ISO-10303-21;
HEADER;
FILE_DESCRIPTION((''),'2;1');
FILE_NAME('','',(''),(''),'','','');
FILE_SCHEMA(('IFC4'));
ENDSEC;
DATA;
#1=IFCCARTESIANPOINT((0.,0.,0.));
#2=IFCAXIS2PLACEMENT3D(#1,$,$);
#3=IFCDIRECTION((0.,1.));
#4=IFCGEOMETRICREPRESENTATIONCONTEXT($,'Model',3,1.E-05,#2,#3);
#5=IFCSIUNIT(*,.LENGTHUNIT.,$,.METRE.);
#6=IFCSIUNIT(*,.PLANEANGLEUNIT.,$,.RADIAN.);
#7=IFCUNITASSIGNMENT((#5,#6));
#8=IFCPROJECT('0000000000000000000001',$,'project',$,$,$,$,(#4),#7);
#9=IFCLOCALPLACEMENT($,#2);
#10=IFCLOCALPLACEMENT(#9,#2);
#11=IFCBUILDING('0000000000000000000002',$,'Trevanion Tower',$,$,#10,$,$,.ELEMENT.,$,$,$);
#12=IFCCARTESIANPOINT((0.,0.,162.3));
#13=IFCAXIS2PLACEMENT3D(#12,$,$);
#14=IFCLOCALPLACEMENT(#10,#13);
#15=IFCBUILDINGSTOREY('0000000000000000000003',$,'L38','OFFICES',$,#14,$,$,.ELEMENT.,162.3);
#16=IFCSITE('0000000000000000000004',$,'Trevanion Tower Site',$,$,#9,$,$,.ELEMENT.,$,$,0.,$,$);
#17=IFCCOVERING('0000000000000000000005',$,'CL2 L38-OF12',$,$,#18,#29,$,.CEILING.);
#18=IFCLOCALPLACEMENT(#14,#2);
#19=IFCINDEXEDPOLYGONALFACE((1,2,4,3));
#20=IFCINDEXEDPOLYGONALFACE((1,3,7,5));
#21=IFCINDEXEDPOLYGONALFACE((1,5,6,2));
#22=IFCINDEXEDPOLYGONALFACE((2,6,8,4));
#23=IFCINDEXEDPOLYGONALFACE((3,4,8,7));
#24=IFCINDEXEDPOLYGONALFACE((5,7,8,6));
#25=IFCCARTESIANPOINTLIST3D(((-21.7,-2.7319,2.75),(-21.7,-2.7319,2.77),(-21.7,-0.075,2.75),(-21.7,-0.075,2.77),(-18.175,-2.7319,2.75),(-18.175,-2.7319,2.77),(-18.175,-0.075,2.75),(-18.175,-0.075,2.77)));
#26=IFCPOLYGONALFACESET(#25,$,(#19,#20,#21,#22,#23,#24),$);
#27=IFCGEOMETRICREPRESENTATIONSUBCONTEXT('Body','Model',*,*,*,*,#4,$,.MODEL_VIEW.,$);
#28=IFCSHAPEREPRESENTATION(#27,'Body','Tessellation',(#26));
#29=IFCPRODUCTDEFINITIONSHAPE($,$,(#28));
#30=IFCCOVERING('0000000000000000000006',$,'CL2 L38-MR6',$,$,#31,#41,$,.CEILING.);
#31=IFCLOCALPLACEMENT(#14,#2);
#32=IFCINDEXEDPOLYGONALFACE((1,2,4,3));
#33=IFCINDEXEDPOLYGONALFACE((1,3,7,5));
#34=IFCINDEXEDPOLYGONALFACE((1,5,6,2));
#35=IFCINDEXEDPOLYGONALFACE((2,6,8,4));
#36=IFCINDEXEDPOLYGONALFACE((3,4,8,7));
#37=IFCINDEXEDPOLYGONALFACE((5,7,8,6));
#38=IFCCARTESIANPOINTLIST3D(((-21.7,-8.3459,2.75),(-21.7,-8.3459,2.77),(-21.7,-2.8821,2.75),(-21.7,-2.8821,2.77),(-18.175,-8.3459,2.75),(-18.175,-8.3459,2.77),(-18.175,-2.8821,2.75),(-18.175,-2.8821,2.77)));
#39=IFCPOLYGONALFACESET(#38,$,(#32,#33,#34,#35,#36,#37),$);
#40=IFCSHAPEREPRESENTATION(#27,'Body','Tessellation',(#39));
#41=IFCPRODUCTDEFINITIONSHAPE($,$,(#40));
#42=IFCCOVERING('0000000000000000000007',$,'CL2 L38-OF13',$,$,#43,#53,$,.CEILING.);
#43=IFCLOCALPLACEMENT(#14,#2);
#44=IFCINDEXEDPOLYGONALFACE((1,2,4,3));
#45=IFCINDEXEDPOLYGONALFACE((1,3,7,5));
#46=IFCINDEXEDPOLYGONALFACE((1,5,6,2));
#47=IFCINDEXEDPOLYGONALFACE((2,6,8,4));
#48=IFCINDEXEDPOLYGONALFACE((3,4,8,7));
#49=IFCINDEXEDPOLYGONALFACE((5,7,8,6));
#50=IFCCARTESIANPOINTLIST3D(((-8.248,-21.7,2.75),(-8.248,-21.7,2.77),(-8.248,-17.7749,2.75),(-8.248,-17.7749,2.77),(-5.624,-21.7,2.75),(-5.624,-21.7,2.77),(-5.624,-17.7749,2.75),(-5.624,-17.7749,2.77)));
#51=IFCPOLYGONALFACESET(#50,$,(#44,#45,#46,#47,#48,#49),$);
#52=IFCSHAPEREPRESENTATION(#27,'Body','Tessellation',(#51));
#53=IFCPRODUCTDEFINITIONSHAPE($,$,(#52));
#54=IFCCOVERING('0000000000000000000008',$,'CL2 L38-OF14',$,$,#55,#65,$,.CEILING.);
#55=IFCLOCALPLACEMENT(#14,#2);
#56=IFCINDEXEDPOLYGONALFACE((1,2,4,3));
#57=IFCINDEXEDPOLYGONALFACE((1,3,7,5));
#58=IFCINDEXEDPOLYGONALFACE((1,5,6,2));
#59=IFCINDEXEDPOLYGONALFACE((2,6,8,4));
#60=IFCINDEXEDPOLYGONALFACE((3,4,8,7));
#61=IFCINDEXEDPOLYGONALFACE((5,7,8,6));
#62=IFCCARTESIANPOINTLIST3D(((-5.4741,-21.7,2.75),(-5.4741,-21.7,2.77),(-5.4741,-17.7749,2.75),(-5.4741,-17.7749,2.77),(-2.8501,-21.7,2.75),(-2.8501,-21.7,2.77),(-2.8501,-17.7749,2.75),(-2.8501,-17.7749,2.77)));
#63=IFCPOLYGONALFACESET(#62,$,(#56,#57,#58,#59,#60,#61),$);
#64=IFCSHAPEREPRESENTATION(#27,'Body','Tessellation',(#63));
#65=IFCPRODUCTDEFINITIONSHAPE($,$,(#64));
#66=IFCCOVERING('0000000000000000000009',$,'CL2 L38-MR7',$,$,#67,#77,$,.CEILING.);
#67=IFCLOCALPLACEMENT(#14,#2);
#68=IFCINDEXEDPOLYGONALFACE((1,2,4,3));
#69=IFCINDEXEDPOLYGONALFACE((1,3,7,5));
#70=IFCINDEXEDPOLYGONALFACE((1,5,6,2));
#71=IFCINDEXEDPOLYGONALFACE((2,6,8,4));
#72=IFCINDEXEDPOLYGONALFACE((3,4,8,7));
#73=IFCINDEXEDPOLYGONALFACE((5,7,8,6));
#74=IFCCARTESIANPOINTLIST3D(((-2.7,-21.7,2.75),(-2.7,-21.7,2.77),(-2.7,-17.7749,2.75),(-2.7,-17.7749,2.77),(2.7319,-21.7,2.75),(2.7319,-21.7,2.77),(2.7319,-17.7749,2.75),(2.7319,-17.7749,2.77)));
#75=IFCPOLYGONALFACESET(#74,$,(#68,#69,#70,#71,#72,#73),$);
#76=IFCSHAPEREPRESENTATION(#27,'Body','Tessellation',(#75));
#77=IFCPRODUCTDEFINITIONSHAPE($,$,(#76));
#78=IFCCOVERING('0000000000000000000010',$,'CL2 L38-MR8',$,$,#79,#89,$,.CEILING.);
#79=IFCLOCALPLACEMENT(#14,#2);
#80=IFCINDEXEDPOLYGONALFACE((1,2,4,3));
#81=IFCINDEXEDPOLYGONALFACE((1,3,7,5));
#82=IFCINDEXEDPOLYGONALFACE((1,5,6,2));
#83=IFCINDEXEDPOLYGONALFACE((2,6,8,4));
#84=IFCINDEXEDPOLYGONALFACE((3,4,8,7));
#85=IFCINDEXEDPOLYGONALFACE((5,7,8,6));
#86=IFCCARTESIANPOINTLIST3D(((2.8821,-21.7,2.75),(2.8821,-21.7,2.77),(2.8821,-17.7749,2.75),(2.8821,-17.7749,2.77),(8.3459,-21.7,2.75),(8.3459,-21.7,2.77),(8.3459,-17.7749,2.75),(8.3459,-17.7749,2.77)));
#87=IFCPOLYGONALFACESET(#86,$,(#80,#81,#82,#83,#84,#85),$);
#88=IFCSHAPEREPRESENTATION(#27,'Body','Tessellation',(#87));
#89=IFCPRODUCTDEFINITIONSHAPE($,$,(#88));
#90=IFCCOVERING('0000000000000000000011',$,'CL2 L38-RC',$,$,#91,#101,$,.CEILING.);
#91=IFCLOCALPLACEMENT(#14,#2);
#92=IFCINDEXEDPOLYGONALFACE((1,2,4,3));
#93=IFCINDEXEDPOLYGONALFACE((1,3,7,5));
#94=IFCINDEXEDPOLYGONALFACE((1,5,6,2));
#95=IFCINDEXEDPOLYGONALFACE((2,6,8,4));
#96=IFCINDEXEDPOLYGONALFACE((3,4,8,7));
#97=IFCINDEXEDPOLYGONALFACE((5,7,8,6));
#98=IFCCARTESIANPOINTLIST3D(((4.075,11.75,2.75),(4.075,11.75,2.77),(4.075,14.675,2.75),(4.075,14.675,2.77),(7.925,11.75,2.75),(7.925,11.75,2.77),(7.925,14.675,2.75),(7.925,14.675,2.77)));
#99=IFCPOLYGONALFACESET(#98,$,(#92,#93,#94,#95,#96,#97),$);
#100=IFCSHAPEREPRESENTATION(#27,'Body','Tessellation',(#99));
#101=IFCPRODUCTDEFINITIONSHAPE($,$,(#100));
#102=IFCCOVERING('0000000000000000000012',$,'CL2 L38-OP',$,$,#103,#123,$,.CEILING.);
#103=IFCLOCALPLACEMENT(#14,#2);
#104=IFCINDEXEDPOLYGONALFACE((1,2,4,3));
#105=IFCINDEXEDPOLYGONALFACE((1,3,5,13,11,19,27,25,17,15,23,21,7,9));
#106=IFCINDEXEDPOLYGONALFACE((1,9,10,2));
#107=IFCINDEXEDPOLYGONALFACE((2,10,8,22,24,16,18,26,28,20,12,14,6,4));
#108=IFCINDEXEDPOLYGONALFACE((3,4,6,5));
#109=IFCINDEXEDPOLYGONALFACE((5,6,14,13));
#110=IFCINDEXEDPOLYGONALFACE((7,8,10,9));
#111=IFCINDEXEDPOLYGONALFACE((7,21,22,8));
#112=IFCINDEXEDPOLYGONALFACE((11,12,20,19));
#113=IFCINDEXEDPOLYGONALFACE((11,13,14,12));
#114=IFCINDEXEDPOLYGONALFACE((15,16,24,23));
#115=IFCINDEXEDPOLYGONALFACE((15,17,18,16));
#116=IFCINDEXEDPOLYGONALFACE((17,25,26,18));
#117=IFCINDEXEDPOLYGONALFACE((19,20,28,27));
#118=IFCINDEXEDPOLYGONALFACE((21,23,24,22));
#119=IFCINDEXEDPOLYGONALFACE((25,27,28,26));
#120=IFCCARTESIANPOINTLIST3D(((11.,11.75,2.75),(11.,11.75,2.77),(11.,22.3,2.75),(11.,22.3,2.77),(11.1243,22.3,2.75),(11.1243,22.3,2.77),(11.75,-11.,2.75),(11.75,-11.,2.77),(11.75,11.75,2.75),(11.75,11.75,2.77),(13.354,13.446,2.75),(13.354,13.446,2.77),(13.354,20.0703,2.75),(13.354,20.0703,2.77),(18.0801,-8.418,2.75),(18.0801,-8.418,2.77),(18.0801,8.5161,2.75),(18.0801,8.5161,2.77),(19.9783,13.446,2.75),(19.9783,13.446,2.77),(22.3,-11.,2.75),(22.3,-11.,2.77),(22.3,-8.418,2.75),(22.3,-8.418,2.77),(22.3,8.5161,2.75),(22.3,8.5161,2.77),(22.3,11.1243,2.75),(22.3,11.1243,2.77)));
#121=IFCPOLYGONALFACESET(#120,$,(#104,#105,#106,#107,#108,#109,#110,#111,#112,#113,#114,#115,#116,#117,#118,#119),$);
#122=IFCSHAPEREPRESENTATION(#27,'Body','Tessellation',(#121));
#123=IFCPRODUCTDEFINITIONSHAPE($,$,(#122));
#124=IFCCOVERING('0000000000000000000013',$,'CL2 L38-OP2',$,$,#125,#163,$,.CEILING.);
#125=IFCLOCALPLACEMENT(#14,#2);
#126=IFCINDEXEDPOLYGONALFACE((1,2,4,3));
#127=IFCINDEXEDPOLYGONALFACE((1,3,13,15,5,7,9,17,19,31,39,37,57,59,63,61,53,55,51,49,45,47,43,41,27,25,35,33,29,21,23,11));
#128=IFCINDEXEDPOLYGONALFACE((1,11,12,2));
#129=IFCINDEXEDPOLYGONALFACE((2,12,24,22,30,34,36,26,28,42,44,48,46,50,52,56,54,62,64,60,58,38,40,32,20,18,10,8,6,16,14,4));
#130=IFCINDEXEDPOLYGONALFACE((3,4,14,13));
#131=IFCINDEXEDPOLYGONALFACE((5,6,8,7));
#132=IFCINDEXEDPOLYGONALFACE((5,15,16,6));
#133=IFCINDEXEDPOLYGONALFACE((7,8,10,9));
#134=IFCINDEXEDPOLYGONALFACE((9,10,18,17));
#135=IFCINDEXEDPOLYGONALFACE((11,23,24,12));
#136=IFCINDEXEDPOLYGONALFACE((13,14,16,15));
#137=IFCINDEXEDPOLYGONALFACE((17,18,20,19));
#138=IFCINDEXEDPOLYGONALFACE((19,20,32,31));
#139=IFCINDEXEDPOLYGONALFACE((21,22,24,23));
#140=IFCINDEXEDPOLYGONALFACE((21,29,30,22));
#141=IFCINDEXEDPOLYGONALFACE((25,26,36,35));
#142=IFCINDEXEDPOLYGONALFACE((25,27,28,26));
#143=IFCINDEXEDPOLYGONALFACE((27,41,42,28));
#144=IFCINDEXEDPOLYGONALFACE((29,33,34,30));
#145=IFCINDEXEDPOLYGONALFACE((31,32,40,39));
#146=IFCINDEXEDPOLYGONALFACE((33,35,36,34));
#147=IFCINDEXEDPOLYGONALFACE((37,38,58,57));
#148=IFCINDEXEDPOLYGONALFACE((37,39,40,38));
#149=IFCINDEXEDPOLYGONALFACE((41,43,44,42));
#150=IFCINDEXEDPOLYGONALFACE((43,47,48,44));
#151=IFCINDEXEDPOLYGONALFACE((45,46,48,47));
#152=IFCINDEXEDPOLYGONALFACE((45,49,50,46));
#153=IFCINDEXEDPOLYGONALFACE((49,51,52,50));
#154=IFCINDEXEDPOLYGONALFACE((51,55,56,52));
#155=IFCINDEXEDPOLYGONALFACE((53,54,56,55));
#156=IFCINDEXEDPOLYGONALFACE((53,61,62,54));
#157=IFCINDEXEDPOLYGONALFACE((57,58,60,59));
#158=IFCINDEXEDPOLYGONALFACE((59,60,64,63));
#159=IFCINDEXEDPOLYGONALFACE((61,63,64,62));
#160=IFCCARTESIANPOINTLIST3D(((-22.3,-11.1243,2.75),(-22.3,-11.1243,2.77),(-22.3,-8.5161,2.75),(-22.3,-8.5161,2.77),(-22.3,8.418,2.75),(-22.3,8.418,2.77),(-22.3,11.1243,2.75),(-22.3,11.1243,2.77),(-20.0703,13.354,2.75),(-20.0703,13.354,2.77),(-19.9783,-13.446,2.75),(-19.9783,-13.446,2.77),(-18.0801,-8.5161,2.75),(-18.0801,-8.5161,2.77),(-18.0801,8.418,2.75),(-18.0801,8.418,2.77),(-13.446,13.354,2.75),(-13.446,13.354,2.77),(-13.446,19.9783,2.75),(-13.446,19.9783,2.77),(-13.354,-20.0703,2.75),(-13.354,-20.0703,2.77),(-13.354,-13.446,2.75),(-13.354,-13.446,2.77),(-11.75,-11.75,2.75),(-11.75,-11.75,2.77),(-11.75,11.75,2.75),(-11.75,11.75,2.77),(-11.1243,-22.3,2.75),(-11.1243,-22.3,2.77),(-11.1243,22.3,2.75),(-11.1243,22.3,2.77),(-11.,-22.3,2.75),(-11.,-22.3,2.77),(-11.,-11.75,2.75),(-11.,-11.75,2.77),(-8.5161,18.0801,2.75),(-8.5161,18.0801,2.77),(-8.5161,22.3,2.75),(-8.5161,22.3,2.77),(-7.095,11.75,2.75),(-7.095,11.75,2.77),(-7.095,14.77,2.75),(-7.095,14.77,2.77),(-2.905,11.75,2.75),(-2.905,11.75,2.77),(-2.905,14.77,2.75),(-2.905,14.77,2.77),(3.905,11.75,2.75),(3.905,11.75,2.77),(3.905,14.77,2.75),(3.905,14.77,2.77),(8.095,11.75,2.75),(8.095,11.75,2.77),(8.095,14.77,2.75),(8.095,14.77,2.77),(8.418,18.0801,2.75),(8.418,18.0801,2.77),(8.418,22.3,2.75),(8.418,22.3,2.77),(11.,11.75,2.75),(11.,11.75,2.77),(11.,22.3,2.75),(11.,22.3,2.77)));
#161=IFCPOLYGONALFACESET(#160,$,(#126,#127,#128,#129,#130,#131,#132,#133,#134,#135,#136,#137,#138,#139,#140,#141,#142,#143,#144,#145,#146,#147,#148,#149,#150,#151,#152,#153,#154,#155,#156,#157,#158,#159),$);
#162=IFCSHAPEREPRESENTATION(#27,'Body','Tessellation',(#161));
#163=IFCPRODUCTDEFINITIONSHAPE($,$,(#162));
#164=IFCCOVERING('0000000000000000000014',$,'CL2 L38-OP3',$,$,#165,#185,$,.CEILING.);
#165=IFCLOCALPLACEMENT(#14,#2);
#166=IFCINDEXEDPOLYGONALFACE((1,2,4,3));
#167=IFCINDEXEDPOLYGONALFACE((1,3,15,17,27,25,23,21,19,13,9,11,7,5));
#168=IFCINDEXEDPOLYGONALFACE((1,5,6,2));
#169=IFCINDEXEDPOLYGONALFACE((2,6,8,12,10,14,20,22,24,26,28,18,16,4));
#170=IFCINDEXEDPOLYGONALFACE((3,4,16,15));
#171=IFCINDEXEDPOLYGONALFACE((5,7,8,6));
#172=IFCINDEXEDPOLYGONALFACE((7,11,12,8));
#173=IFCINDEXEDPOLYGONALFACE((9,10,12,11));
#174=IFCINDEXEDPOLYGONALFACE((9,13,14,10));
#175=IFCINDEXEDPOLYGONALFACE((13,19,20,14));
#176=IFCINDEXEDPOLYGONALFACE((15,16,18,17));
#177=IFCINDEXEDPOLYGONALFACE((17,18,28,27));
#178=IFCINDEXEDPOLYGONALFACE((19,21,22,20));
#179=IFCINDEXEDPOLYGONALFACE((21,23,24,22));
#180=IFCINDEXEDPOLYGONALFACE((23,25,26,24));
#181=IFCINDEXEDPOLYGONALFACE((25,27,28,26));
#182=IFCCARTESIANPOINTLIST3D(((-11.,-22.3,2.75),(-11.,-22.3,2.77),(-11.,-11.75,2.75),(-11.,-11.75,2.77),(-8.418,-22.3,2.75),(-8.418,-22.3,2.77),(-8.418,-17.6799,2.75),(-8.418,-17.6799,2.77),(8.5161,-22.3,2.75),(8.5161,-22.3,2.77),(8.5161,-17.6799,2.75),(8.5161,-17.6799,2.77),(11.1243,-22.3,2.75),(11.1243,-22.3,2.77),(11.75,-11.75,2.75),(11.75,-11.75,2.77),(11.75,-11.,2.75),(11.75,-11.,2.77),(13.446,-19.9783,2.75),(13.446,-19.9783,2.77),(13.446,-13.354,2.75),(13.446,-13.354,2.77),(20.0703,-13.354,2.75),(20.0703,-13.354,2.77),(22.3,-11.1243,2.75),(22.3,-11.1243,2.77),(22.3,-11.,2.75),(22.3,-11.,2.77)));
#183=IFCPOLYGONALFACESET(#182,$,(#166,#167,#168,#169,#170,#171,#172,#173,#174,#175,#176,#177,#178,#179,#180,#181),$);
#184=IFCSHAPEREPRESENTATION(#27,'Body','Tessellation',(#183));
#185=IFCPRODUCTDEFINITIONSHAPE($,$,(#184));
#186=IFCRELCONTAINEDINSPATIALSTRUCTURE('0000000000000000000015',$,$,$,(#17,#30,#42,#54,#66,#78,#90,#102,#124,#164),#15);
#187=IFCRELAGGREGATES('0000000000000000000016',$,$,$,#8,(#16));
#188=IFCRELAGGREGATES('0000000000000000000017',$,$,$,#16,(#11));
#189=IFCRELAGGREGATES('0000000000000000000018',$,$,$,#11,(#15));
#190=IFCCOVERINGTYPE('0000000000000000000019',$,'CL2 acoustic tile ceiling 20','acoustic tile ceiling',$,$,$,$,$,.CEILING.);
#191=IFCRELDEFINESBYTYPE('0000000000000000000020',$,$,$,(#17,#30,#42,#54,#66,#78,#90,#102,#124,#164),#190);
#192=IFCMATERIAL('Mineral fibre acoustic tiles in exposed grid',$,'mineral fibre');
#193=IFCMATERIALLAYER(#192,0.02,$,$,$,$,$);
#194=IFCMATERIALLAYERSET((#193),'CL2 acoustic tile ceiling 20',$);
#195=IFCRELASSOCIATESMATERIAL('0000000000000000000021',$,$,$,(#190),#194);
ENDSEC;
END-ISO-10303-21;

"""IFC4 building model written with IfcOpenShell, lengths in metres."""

from ifc_helpers import new_model, si_unit, direction, frame, origin, place, context, subcontext, project, spatial, polyline, outline, extrude, material, layer, layer_set, type_object, element, save


model = new_model("IFC4")

# Units and contexts
model_context = context("Model", 3, precision=1e-05, world=origin(), true_north=direction((0.0, 1.0)))
body_context = subcontext(model_context, "Body", "Model", "MODEL_VIEW")
ifc_project = project(units=[si_unit("LENGTHUNIT", "METRE"), si_unit("PLANEANGLEUNIT", "RADIAN")], contexts=[model_context])

# Site, building, storey
site_placement = place(None, origin())
site = spatial("IfcSite", under=ifc_project, at=site_placement, Name="Trevanion Tower Site", CompositionType="ELEMENT", RefElevation=0.0)
building_placement = place(site_placement, origin())
building = spatial("IfcBuilding", under=site, at=building_placement, Name="Trevanion Tower", CompositionType="ELEMENT")
storey_placement = place(building_placement, frame((0.0, 0.0, 162.3)))
storey = spatial("IfcBuildingStorey", under=building, at=storey_placement, Name="L38", Description="OFFICES", CompositionType="ELEMENT", Elevation=162.3)

# Coverings
ifc_material_1 = material(Name="Mineral fibre acoustic tiles in exposed grid", Category="mineral fibre")
ifc_layer_1 = layer(ifc_material_1, 0.02)
ifc_layer_set_1 = layer_set([ifc_layer_1], Name="CL2 acoustic tile ceiling 20")
covering_type_1 = type_object("IfcCoveringType", Name="CL2 acoustic tile ceiling 20", Description="acoustic tile ceiling", PredefinedType="CEILING", material=ifc_layer_set_1)
covering_1_placement = place(storey_placement, frame((0.0, 0.0, 2.75)))
element("IfcCovering", 1, at=covering_1_placement, inside=storey, type_object=covering_type_1, Name="CL2 L38-OF12", PredefinedType="CEILING", context=body_context, shape_type="SweptSolid", body=[
    extrude(outline(polyline([(-18.175, -0.075), (-18.175, -2.7319), (-21.7, -2.7319), (-21.7, -0.075), (-18.175, -0.075)])), origin(), (0.0, 0.0, 1.0), 0.02),
])
covering_2_placement = place(storey_placement, frame((0.0, 0.0, 2.75)))
element("IfcCovering", 2, at=covering_2_placement, inside=storey, type_object=covering_type_1, Name="CL2 L38-MR6", PredefinedType="CEILING", context=body_context, shape_type="SweptSolid", body=[
    extrude(outline(polyline([(-18.175, -2.8821), (-18.175, -8.3459), (-21.7, -8.3459), (-21.7, -2.8821), (-18.175, -2.8821)])), origin(), (0.0, 0.0, 1.0), 0.02),
])
covering_3_placement = place(storey_placement, frame((0.0, 0.0, 2.75)))
element("IfcCovering", 3, at=covering_3_placement, inside=storey, type_object=covering_type_1, Name="CL2 L38-OF13", PredefinedType="CEILING", context=body_context, shape_type="SweptSolid", body=[
    extrude(outline(polyline([(-8.248, -17.7749), (-5.624, -17.7749), (-5.624, -21.7), (-8.248, -21.7), (-8.248, -17.7749)])), origin(), (0.0, 0.0, 1.0), 0.02),
])
covering_4_placement = place(storey_placement, frame((0.0, 0.0, 2.75)))
element("IfcCovering", 4, at=covering_4_placement, inside=storey, type_object=covering_type_1, Name="CL2 L38-OF14", PredefinedType="CEILING", context=body_context, shape_type="SweptSolid", body=[
    extrude(outline(polyline([(-5.4741, -17.7749), (-2.8501, -17.7749), (-2.8501, -21.7), (-5.4741, -21.7), (-5.4741, -17.7749)])), origin(), (0.0, 0.0, 1.0), 0.02),
])
covering_5_placement = place(storey_placement, frame((0.0, 0.0, 2.75)))
element("IfcCovering", 5, at=covering_5_placement, inside=storey, type_object=covering_type_1, Name="CL2 L38-MR7", PredefinedType="CEILING", context=body_context, shape_type="SweptSolid", body=[
    extrude(outline(polyline([(-2.7, -17.7749), (2.7319, -17.7749), (2.7319, -21.7), (-2.7, -21.7), (-2.7, -17.7749)])), origin(), (0.0, 0.0, 1.0), 0.02),
])
covering_6_placement = place(storey_placement, frame((0.0, 0.0, 2.75)))
element("IfcCovering", 6, at=covering_6_placement, inside=storey, type_object=covering_type_1, Name="CL2 L38-MR8", PredefinedType="CEILING", context=body_context, shape_type="SweptSolid", body=[
    extrude(outline(polyline([(2.8821, -17.7749), (8.3459, -17.7749), (8.3459, -21.7), (2.8821, -21.7), (2.8821, -17.7749)])), origin(), (0.0, 0.0, 1.0), 0.02),
])
covering_7_placement = place(storey_placement, frame((0.0, 0.0, 2.75)))
element("IfcCovering", 7, at=covering_7_placement, inside=storey, type_object=covering_type_1, Name="CL2 L38-RC", PredefinedType="CEILING", context=body_context, shape_type="SweptSolid", body=[
    extrude(outline(polyline([(4.075, 14.675), (7.925, 14.675), (7.925, 11.75), (4.075, 11.75), (4.075, 14.675)])), origin(), (0.0, 0.0, 1.0), 0.02),
])
covering_8_placement = place(storey_placement, frame((0.0, 0.0, 2.75)))
element("IfcCovering", 8, at=covering_8_placement, inside=storey, type_object=covering_type_1, Name="CL2 L38-OP", PredefinedType="CEILING", context=body_context, shape_type="SweptSolid", body=[
    extrude(outline(polyline([(11.75, 11.75), (11.0, 11.75), (11.0, 22.3), (11.1243, 22.3), (13.354, 20.0703), (13.354, 13.446), (19.9783, 13.446), (22.3, 11.1243), (22.3, 8.5161), (18.0801, 8.5161), (18.0801, -8.418), (22.3, -8.418), (22.3, -11.0), (11.75, -11.0), (11.75, 11.75)])), origin(), (0.0, 0.0, 1.0), 0.02),
])
covering_9_placement = place(storey_placement, frame((0.0, 0.0, 2.75)))
element("IfcCovering", 9, at=covering_9_placement, inside=storey, type_object=covering_type_1, Name="CL2 L38-OP2", PredefinedType="CEILING", context=body_context, shape_type="SweptSolid", body=[
    extrude(outline(polyline([(-11.0, -11.75), (-11.0, -22.3), (-11.1243, -22.3), (-13.354, -20.0703), (-13.354, -13.446), (-19.9783, -13.446), (-22.3, -11.1243), (-22.3, -8.5161), (-18.0801, -8.5161), (-18.0801, 8.418), (-22.3, 8.418), (-22.3, 11.1243), (-20.0703, 13.354), (-13.446, 13.354), (-13.446, 19.9783), (-11.1243, 22.3), (-8.5161, 22.3), (-8.5161, 18.0801), (8.418, 18.0801), (8.418, 22.3), (11.0, 22.3), (11.0, 11.75), (8.095, 11.75), (8.095, 14.77), (3.905, 14.77), (3.905, 11.75), (-2.905, 11.75), (-2.905, 14.77), (-7.095, 14.77), (-7.095, 11.75), (-11.75, 11.75), (-11.75, -11.75), (-11.0, -11.75)])), origin(), (0.0, 0.0, 1.0), 0.02),
])
covering_10_placement = place(storey_placement, frame((0.0, 0.0, 2.75)))
element("IfcCovering", 10, at=covering_10_placement, inside=storey, type_object=covering_type_1, Name="CL2 L38-OP3", PredefinedType="CEILING", context=body_context, shape_type="SweptSolid", body=[
    extrude(outline(polyline([(11.75, -11.75), (11.75, -11.0), (22.3, -11.0), (22.3, -11.1243), (20.0703, -13.354), (13.446, -13.354), (13.446, -19.9783), (11.1243, -22.3), (8.5161, -22.3), (8.5161, -17.6799), (-8.418, -17.6799), (-8.418, -22.3), (-11.0, -22.3), (-11.0, -11.75), (11.75, -11.75)])), origin(), (0.0, 0.0, 1.0), 0.02),
])

save(model, "model.ifc")
